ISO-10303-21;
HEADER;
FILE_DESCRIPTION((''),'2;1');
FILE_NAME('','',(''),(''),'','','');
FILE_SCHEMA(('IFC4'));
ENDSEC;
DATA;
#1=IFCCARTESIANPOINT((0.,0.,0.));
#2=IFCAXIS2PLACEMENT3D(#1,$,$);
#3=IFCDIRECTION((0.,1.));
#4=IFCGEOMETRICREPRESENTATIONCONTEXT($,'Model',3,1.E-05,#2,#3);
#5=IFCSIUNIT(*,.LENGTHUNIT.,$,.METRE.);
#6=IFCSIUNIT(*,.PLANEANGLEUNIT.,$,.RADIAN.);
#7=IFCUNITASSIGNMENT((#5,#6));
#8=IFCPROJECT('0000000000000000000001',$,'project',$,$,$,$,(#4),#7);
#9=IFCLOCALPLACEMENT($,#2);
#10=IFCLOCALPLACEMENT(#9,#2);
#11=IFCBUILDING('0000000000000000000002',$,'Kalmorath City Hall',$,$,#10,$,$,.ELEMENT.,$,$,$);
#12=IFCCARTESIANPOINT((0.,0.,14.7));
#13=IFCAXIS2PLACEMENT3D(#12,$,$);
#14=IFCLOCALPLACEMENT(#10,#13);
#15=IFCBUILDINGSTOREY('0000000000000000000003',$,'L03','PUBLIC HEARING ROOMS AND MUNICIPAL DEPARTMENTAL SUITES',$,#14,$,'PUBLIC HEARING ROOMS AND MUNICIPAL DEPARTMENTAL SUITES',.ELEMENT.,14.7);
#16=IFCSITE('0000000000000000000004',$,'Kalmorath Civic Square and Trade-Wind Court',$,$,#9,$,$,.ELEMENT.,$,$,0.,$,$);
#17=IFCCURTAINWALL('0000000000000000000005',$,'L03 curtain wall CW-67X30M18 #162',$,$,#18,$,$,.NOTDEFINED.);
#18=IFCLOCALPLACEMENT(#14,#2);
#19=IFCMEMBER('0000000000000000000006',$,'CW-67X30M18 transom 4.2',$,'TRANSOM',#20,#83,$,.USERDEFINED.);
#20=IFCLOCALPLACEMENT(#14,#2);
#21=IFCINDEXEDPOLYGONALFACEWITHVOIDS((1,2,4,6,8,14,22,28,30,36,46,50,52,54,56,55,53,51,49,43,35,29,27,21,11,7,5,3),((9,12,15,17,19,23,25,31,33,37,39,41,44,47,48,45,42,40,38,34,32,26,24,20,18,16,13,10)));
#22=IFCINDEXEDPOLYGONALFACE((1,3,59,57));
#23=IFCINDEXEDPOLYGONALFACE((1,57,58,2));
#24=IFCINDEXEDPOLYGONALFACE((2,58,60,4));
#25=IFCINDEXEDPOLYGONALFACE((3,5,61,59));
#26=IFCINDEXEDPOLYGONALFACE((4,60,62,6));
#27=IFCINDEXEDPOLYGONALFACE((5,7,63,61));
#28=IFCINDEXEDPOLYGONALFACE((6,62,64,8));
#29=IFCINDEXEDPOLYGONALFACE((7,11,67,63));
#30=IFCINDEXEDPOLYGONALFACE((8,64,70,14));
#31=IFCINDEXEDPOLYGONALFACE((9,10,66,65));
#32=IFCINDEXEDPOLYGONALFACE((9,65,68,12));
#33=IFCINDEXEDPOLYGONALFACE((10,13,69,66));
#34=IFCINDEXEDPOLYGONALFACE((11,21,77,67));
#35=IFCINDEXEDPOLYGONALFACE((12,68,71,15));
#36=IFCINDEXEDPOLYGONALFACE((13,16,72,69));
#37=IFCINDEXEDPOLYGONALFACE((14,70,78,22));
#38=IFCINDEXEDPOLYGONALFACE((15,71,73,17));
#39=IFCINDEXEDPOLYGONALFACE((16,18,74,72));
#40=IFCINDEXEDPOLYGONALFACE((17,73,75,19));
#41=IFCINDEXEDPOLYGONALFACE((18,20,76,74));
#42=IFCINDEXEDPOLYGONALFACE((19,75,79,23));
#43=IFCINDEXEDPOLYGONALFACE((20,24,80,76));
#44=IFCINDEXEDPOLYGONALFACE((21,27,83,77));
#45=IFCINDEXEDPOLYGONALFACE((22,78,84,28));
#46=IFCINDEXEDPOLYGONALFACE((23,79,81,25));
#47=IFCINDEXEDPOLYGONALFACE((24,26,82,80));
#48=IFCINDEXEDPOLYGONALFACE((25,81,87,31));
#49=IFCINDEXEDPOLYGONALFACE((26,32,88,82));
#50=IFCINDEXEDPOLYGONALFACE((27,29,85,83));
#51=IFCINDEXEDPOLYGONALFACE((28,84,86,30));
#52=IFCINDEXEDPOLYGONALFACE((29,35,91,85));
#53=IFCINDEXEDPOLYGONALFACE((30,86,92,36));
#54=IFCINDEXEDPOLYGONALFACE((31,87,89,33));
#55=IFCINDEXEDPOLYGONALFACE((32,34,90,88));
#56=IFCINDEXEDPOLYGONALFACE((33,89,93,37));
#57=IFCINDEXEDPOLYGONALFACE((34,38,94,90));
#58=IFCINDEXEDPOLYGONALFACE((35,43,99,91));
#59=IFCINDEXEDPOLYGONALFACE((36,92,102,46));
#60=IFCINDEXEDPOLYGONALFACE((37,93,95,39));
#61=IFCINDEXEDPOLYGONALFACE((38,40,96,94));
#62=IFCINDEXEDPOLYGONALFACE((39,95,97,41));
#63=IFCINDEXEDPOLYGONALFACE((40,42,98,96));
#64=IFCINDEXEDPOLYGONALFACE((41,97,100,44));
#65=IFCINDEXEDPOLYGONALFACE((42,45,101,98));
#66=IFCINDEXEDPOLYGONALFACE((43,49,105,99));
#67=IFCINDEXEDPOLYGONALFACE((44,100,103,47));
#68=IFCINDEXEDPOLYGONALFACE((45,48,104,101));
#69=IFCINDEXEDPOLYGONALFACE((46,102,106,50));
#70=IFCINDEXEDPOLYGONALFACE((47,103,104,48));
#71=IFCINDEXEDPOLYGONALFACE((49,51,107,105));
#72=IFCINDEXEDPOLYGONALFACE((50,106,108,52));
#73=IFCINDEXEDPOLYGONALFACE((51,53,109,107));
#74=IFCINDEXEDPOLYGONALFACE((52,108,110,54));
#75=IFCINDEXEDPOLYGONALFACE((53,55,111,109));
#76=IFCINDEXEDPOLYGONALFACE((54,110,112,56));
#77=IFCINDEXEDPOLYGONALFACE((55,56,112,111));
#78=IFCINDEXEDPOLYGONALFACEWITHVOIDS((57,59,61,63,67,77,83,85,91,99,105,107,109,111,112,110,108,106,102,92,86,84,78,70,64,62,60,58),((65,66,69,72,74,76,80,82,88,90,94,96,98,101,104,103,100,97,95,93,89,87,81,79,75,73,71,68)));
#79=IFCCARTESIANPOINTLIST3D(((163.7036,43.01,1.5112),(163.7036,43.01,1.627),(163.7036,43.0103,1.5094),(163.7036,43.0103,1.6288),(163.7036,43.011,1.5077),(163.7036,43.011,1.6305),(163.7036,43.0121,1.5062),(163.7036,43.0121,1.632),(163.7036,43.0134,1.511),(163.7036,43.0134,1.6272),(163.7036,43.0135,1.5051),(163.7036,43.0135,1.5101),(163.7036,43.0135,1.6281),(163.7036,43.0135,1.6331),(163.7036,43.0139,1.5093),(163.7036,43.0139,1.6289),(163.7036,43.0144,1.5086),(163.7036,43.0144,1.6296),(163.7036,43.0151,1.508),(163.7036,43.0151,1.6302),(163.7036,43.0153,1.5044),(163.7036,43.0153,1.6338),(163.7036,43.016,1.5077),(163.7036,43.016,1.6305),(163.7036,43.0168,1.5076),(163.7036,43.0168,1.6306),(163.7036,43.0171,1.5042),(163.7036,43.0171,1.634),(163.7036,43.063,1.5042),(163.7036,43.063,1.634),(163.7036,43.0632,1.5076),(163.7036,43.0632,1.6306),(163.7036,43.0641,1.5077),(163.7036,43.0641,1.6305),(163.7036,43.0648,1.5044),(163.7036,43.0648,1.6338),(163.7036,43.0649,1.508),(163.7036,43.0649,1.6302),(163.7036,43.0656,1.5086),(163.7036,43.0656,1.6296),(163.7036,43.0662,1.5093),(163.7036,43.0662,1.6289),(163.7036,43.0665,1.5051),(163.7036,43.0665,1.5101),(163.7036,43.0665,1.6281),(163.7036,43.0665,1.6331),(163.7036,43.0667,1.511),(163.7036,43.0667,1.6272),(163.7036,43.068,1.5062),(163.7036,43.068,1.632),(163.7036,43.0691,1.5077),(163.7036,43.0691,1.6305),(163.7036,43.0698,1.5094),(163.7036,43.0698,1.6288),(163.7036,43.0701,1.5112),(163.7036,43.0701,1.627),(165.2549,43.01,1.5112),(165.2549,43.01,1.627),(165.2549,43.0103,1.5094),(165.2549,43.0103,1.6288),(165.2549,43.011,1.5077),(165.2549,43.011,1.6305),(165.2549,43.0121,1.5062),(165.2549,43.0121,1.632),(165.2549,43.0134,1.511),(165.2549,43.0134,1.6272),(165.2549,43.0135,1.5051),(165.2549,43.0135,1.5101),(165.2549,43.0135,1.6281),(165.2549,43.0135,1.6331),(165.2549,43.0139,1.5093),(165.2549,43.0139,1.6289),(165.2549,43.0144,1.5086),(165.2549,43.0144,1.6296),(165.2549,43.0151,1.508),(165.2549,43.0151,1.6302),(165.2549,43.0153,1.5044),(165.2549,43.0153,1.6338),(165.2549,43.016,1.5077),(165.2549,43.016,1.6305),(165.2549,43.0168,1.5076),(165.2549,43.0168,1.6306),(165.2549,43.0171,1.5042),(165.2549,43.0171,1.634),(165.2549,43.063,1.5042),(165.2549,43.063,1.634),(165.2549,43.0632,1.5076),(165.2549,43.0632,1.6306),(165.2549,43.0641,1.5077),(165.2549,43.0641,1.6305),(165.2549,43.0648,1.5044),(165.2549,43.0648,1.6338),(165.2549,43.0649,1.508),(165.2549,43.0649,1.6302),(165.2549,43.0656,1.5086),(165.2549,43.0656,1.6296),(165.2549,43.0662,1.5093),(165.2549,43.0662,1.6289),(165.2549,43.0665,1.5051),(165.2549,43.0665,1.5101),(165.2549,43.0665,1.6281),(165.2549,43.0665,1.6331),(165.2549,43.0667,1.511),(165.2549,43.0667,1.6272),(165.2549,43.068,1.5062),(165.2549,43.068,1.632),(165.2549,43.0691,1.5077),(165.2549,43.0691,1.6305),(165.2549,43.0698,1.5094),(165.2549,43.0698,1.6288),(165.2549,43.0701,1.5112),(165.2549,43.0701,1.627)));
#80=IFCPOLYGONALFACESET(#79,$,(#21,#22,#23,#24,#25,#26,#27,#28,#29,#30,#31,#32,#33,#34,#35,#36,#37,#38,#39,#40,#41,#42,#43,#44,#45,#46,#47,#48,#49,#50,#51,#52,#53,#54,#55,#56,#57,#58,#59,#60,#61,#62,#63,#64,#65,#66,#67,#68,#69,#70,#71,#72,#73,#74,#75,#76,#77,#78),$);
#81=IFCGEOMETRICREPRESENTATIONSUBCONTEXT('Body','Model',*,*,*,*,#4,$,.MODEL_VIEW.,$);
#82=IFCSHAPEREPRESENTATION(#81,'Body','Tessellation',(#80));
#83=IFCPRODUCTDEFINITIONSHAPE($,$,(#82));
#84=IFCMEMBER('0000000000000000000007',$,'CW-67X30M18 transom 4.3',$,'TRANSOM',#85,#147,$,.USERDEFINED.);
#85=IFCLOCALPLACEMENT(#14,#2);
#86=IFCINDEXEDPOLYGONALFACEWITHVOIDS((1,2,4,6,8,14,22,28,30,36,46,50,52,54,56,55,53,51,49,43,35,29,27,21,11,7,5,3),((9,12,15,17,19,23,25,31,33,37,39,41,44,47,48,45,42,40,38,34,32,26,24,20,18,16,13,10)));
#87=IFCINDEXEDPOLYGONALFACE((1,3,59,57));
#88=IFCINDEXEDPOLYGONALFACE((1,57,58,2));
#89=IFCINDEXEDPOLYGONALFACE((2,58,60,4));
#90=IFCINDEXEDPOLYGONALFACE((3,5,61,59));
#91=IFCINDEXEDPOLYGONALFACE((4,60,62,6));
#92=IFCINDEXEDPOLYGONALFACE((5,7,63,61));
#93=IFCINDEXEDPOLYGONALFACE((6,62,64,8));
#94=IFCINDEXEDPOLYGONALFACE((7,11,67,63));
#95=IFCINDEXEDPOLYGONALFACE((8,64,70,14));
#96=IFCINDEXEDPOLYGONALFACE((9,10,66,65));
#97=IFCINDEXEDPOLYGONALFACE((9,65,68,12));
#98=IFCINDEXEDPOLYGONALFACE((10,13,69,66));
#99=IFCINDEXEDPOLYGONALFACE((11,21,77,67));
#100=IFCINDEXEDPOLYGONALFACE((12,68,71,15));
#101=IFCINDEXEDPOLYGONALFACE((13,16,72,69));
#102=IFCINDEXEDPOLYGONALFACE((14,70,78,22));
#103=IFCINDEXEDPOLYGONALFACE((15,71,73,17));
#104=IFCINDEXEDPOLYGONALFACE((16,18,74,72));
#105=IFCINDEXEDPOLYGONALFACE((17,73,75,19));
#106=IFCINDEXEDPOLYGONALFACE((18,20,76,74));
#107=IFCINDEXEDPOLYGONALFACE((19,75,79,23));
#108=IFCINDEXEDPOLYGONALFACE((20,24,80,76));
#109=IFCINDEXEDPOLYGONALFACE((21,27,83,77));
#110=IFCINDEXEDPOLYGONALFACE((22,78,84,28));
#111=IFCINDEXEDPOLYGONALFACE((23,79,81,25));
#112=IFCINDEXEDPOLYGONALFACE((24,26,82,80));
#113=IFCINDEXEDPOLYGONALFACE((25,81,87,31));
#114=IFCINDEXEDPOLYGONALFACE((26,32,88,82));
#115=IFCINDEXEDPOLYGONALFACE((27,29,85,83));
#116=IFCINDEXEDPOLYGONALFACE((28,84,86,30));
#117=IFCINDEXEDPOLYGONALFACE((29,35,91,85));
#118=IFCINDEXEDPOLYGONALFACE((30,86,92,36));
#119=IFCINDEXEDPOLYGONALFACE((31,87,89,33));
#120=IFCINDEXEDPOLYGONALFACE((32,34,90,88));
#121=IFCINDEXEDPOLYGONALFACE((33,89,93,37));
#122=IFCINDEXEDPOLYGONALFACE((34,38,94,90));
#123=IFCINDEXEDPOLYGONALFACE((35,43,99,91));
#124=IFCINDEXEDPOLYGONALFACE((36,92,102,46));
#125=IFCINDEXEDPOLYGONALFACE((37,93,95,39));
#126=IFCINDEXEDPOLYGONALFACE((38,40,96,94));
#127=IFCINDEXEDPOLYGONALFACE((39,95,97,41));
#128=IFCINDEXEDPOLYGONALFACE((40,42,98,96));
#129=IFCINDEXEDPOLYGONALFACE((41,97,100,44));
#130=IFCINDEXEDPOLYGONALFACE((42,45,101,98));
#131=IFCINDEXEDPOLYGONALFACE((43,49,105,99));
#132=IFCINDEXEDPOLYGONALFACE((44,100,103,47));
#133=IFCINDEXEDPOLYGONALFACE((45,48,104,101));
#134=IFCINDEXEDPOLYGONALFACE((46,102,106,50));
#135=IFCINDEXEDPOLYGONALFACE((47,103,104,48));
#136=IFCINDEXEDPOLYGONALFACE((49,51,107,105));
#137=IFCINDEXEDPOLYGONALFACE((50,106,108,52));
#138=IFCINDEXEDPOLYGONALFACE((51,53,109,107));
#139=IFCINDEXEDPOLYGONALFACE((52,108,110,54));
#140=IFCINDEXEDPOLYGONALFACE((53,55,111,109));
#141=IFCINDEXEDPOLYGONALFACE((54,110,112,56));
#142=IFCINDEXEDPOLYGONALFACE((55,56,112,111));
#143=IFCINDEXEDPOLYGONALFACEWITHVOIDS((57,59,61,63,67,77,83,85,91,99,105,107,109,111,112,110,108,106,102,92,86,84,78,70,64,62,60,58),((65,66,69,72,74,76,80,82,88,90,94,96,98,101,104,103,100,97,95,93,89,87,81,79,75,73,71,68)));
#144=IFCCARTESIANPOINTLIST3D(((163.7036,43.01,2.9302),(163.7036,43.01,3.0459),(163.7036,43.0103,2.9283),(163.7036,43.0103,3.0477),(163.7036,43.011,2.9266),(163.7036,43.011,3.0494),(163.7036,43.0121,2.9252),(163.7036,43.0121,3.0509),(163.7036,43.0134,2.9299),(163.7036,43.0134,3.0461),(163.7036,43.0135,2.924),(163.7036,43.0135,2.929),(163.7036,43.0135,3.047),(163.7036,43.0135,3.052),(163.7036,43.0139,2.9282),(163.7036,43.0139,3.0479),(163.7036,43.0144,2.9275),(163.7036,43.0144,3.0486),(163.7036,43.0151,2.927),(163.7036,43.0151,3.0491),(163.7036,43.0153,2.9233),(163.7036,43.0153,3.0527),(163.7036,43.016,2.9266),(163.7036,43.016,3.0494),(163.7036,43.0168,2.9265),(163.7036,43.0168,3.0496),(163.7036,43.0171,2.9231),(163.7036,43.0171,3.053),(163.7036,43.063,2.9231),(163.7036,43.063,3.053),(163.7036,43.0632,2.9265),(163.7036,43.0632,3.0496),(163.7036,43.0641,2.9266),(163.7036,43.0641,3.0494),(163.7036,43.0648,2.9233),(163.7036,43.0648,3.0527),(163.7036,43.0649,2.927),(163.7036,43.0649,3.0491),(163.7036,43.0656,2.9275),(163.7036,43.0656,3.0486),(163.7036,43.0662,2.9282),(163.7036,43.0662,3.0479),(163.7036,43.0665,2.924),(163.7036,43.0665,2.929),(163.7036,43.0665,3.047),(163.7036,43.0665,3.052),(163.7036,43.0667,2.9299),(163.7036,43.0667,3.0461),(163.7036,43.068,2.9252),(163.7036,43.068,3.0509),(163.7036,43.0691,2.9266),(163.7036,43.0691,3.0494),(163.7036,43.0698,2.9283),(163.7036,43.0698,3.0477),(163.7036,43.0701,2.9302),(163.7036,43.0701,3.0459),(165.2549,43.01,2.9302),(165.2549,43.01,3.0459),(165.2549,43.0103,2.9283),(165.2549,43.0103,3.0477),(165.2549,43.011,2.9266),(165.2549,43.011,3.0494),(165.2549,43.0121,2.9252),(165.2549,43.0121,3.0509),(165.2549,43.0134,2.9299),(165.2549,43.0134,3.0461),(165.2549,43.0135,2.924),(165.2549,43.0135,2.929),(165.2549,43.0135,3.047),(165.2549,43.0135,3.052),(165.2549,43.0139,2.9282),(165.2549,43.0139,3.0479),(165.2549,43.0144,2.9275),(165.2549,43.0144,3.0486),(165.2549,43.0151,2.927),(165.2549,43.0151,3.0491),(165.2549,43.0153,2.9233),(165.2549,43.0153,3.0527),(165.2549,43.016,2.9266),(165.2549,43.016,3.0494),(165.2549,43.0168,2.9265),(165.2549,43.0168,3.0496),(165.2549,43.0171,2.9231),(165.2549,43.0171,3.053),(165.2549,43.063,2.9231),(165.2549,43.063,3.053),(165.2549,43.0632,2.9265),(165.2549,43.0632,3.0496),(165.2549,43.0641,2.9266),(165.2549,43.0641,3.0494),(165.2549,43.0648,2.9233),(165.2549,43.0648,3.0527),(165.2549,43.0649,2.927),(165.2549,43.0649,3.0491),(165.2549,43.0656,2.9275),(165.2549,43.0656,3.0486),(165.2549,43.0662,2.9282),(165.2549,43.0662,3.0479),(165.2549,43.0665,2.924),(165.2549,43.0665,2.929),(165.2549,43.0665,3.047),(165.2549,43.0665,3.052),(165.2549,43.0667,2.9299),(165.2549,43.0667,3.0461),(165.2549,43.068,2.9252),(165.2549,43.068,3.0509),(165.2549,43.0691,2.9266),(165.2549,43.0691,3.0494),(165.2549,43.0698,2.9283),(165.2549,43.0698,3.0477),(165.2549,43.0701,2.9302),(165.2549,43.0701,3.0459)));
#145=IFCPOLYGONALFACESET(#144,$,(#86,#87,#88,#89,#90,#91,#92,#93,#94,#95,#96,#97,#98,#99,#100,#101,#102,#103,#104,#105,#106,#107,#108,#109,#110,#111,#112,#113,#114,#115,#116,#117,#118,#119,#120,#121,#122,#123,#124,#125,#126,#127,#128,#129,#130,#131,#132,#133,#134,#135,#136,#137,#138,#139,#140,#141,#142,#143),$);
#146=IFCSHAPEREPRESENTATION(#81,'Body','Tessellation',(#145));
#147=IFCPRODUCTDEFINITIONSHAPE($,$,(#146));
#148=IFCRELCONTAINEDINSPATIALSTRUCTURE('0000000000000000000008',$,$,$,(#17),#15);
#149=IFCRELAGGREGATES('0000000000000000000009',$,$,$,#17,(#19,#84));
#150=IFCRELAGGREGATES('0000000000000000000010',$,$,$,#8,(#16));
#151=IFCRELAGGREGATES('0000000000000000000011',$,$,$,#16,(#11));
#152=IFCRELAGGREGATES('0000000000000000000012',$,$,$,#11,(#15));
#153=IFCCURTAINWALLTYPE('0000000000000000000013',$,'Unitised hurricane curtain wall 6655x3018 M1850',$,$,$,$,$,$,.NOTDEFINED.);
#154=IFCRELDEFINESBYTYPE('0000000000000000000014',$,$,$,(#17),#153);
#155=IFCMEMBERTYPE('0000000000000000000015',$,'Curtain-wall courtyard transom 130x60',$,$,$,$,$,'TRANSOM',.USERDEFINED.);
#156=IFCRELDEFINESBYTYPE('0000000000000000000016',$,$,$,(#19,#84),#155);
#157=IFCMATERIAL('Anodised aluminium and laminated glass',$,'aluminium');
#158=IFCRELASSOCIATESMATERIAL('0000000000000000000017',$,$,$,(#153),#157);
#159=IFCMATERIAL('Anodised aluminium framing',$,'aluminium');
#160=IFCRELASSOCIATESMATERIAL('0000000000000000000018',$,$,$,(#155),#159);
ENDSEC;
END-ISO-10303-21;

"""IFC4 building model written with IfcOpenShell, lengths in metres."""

from ifc_helpers import new_model, si_unit, direction, frame, origin, origin_2d, place, context, subcontext, project, spatial, hollow_rectangle, extrude, material, material_profile, profile_set, type_object, element, aggregate, save


model = new_model("IFC4")

# Units and contexts
model_context = context("Model", 3, precision=1e-05, world=origin(), true_north=direction((0.0, 1.0)))
body_context = subcontext(model_context, "Body", "Model", "MODEL_VIEW")
ifc_project = project(units=[si_unit("LENGTHUNIT", "METRE"), si_unit("PLANEANGLEUNIT", "RADIAN")], contexts=[model_context])

# Site, building, storey
site_placement = place(None, origin())
site = spatial("IfcSite", under=ifc_project, at=site_placement, Name="Kalmorath Civic Square and Trade-Wind Court", CompositionType="ELEMENT", RefElevation=0.0)
building_placement = place(site_placement, origin())
building = spatial("IfcBuilding", under=site, at=building_placement, Name="Kalmorath City Hall", CompositionType="ELEMENT")
storey_placement = place(building_placement, frame((0.0, 0.0, 14.7)))
storey = spatial("IfcBuildingStorey", under=building, at=storey_placement, Name="L03", Description="PUBLIC HEARING ROOMS AND MUNICIPAL DEPARTMENTAL SUITES", LongName="PUBLIC HEARING ROOMS AND MUNICIPAL DEPARTMENTAL SUITES", CompositionType="ELEMENT", Elevation=14.7)

# Curtain wall, members
ifc_material_1 = material(Name="Anodised aluminium and laminated glass", Category="aluminium")
curtain_wall_type = type_object("IfcCurtainWallType", Name="Unitised hurricane curtain wall 6655x3018 M1850", PredefinedType="NOTDEFINED", material=ifc_material_1)
curtain_wall_placement = place(storey_placement, origin())
curtain_wall = element("IfcCurtainWall", 1, at=curtain_wall_placement, inside=storey, type_object=curtain_wall_type, Name="L03 curtain wall CW-67X30M18 #162", PredefinedType="NOTDEFINED")
ifc_material_2 = material(Name="Anodised aluminium framing", Category="aluminium")
ifc_material_profile_1 = material_profile(ifc_material_2, hollow_rectangle(XDim=0.0601, YDim=0.1299, WallThickness=0.0034, InnerFilletRadius=0.0034, OuterFilletRadius=0.0071, at=origin_2d()), Name="ALU-TRN-130X60X3.5")
ifc_profile_set_1 = profile_set([ifc_material_profile_1], Name="Anodised aluminium framing")
member_type_1 = type_object("IfcMemberType", Name="Curtain-wall courtyard transom 130x60", ElementType="TRANSOM", PredefinedType="USERDEFINED", material=ifc_profile_set_1)
member_1_placement = place(storey_placement, frame((163.7036, 43.04, 1.5691), z_axis=(1.0, 0.0, 0.0), x_axis=(0.0, 1.0, 0.0)))
member_1 = element("IfcMember", 2, at=member_1_placement, type_object=member_type_1, Name="CW-67X30M18 transom 4.2", ObjectType="TRANSOM", PredefinedType="USERDEFINED", context=body_context, shape_type="SweptSolid", body=[
    extrude(hollow_rectangle(XDim=0.0601, YDim=0.1299, WallThickness=0.0034, InnerFilletRadius=0.0034, OuterFilletRadius=0.0071, at=origin_2d()), origin(), (0.0, 0.0, 1.0), 1.5513),
])
member_2_placement = place(storey_placement, frame((163.7036, 43.04, 2.988), z_axis=(1.0, 0.0, 0.0), x_axis=(0.0, 1.0, 0.0)))
member_2 = element("IfcMember", 3, at=member_2_placement, type_object=member_type_1, Name="CW-67X30M18 transom 4.3", ObjectType="TRANSOM", PredefinedType="USERDEFINED", context=body_context, shape_type="SweptSolid", body=[
    extrude(hollow_rectangle(XDim=0.0601, YDim=0.1299, WallThickness=0.0034, InnerFilletRadius=0.0034, OuterFilletRadius=0.0071, at=origin_2d()), origin(), (0.0, 0.0, 1.0), 1.5513),
])
aggregate(curtain_wall, [member_1, member_2])

save(model, "model.ifc")
